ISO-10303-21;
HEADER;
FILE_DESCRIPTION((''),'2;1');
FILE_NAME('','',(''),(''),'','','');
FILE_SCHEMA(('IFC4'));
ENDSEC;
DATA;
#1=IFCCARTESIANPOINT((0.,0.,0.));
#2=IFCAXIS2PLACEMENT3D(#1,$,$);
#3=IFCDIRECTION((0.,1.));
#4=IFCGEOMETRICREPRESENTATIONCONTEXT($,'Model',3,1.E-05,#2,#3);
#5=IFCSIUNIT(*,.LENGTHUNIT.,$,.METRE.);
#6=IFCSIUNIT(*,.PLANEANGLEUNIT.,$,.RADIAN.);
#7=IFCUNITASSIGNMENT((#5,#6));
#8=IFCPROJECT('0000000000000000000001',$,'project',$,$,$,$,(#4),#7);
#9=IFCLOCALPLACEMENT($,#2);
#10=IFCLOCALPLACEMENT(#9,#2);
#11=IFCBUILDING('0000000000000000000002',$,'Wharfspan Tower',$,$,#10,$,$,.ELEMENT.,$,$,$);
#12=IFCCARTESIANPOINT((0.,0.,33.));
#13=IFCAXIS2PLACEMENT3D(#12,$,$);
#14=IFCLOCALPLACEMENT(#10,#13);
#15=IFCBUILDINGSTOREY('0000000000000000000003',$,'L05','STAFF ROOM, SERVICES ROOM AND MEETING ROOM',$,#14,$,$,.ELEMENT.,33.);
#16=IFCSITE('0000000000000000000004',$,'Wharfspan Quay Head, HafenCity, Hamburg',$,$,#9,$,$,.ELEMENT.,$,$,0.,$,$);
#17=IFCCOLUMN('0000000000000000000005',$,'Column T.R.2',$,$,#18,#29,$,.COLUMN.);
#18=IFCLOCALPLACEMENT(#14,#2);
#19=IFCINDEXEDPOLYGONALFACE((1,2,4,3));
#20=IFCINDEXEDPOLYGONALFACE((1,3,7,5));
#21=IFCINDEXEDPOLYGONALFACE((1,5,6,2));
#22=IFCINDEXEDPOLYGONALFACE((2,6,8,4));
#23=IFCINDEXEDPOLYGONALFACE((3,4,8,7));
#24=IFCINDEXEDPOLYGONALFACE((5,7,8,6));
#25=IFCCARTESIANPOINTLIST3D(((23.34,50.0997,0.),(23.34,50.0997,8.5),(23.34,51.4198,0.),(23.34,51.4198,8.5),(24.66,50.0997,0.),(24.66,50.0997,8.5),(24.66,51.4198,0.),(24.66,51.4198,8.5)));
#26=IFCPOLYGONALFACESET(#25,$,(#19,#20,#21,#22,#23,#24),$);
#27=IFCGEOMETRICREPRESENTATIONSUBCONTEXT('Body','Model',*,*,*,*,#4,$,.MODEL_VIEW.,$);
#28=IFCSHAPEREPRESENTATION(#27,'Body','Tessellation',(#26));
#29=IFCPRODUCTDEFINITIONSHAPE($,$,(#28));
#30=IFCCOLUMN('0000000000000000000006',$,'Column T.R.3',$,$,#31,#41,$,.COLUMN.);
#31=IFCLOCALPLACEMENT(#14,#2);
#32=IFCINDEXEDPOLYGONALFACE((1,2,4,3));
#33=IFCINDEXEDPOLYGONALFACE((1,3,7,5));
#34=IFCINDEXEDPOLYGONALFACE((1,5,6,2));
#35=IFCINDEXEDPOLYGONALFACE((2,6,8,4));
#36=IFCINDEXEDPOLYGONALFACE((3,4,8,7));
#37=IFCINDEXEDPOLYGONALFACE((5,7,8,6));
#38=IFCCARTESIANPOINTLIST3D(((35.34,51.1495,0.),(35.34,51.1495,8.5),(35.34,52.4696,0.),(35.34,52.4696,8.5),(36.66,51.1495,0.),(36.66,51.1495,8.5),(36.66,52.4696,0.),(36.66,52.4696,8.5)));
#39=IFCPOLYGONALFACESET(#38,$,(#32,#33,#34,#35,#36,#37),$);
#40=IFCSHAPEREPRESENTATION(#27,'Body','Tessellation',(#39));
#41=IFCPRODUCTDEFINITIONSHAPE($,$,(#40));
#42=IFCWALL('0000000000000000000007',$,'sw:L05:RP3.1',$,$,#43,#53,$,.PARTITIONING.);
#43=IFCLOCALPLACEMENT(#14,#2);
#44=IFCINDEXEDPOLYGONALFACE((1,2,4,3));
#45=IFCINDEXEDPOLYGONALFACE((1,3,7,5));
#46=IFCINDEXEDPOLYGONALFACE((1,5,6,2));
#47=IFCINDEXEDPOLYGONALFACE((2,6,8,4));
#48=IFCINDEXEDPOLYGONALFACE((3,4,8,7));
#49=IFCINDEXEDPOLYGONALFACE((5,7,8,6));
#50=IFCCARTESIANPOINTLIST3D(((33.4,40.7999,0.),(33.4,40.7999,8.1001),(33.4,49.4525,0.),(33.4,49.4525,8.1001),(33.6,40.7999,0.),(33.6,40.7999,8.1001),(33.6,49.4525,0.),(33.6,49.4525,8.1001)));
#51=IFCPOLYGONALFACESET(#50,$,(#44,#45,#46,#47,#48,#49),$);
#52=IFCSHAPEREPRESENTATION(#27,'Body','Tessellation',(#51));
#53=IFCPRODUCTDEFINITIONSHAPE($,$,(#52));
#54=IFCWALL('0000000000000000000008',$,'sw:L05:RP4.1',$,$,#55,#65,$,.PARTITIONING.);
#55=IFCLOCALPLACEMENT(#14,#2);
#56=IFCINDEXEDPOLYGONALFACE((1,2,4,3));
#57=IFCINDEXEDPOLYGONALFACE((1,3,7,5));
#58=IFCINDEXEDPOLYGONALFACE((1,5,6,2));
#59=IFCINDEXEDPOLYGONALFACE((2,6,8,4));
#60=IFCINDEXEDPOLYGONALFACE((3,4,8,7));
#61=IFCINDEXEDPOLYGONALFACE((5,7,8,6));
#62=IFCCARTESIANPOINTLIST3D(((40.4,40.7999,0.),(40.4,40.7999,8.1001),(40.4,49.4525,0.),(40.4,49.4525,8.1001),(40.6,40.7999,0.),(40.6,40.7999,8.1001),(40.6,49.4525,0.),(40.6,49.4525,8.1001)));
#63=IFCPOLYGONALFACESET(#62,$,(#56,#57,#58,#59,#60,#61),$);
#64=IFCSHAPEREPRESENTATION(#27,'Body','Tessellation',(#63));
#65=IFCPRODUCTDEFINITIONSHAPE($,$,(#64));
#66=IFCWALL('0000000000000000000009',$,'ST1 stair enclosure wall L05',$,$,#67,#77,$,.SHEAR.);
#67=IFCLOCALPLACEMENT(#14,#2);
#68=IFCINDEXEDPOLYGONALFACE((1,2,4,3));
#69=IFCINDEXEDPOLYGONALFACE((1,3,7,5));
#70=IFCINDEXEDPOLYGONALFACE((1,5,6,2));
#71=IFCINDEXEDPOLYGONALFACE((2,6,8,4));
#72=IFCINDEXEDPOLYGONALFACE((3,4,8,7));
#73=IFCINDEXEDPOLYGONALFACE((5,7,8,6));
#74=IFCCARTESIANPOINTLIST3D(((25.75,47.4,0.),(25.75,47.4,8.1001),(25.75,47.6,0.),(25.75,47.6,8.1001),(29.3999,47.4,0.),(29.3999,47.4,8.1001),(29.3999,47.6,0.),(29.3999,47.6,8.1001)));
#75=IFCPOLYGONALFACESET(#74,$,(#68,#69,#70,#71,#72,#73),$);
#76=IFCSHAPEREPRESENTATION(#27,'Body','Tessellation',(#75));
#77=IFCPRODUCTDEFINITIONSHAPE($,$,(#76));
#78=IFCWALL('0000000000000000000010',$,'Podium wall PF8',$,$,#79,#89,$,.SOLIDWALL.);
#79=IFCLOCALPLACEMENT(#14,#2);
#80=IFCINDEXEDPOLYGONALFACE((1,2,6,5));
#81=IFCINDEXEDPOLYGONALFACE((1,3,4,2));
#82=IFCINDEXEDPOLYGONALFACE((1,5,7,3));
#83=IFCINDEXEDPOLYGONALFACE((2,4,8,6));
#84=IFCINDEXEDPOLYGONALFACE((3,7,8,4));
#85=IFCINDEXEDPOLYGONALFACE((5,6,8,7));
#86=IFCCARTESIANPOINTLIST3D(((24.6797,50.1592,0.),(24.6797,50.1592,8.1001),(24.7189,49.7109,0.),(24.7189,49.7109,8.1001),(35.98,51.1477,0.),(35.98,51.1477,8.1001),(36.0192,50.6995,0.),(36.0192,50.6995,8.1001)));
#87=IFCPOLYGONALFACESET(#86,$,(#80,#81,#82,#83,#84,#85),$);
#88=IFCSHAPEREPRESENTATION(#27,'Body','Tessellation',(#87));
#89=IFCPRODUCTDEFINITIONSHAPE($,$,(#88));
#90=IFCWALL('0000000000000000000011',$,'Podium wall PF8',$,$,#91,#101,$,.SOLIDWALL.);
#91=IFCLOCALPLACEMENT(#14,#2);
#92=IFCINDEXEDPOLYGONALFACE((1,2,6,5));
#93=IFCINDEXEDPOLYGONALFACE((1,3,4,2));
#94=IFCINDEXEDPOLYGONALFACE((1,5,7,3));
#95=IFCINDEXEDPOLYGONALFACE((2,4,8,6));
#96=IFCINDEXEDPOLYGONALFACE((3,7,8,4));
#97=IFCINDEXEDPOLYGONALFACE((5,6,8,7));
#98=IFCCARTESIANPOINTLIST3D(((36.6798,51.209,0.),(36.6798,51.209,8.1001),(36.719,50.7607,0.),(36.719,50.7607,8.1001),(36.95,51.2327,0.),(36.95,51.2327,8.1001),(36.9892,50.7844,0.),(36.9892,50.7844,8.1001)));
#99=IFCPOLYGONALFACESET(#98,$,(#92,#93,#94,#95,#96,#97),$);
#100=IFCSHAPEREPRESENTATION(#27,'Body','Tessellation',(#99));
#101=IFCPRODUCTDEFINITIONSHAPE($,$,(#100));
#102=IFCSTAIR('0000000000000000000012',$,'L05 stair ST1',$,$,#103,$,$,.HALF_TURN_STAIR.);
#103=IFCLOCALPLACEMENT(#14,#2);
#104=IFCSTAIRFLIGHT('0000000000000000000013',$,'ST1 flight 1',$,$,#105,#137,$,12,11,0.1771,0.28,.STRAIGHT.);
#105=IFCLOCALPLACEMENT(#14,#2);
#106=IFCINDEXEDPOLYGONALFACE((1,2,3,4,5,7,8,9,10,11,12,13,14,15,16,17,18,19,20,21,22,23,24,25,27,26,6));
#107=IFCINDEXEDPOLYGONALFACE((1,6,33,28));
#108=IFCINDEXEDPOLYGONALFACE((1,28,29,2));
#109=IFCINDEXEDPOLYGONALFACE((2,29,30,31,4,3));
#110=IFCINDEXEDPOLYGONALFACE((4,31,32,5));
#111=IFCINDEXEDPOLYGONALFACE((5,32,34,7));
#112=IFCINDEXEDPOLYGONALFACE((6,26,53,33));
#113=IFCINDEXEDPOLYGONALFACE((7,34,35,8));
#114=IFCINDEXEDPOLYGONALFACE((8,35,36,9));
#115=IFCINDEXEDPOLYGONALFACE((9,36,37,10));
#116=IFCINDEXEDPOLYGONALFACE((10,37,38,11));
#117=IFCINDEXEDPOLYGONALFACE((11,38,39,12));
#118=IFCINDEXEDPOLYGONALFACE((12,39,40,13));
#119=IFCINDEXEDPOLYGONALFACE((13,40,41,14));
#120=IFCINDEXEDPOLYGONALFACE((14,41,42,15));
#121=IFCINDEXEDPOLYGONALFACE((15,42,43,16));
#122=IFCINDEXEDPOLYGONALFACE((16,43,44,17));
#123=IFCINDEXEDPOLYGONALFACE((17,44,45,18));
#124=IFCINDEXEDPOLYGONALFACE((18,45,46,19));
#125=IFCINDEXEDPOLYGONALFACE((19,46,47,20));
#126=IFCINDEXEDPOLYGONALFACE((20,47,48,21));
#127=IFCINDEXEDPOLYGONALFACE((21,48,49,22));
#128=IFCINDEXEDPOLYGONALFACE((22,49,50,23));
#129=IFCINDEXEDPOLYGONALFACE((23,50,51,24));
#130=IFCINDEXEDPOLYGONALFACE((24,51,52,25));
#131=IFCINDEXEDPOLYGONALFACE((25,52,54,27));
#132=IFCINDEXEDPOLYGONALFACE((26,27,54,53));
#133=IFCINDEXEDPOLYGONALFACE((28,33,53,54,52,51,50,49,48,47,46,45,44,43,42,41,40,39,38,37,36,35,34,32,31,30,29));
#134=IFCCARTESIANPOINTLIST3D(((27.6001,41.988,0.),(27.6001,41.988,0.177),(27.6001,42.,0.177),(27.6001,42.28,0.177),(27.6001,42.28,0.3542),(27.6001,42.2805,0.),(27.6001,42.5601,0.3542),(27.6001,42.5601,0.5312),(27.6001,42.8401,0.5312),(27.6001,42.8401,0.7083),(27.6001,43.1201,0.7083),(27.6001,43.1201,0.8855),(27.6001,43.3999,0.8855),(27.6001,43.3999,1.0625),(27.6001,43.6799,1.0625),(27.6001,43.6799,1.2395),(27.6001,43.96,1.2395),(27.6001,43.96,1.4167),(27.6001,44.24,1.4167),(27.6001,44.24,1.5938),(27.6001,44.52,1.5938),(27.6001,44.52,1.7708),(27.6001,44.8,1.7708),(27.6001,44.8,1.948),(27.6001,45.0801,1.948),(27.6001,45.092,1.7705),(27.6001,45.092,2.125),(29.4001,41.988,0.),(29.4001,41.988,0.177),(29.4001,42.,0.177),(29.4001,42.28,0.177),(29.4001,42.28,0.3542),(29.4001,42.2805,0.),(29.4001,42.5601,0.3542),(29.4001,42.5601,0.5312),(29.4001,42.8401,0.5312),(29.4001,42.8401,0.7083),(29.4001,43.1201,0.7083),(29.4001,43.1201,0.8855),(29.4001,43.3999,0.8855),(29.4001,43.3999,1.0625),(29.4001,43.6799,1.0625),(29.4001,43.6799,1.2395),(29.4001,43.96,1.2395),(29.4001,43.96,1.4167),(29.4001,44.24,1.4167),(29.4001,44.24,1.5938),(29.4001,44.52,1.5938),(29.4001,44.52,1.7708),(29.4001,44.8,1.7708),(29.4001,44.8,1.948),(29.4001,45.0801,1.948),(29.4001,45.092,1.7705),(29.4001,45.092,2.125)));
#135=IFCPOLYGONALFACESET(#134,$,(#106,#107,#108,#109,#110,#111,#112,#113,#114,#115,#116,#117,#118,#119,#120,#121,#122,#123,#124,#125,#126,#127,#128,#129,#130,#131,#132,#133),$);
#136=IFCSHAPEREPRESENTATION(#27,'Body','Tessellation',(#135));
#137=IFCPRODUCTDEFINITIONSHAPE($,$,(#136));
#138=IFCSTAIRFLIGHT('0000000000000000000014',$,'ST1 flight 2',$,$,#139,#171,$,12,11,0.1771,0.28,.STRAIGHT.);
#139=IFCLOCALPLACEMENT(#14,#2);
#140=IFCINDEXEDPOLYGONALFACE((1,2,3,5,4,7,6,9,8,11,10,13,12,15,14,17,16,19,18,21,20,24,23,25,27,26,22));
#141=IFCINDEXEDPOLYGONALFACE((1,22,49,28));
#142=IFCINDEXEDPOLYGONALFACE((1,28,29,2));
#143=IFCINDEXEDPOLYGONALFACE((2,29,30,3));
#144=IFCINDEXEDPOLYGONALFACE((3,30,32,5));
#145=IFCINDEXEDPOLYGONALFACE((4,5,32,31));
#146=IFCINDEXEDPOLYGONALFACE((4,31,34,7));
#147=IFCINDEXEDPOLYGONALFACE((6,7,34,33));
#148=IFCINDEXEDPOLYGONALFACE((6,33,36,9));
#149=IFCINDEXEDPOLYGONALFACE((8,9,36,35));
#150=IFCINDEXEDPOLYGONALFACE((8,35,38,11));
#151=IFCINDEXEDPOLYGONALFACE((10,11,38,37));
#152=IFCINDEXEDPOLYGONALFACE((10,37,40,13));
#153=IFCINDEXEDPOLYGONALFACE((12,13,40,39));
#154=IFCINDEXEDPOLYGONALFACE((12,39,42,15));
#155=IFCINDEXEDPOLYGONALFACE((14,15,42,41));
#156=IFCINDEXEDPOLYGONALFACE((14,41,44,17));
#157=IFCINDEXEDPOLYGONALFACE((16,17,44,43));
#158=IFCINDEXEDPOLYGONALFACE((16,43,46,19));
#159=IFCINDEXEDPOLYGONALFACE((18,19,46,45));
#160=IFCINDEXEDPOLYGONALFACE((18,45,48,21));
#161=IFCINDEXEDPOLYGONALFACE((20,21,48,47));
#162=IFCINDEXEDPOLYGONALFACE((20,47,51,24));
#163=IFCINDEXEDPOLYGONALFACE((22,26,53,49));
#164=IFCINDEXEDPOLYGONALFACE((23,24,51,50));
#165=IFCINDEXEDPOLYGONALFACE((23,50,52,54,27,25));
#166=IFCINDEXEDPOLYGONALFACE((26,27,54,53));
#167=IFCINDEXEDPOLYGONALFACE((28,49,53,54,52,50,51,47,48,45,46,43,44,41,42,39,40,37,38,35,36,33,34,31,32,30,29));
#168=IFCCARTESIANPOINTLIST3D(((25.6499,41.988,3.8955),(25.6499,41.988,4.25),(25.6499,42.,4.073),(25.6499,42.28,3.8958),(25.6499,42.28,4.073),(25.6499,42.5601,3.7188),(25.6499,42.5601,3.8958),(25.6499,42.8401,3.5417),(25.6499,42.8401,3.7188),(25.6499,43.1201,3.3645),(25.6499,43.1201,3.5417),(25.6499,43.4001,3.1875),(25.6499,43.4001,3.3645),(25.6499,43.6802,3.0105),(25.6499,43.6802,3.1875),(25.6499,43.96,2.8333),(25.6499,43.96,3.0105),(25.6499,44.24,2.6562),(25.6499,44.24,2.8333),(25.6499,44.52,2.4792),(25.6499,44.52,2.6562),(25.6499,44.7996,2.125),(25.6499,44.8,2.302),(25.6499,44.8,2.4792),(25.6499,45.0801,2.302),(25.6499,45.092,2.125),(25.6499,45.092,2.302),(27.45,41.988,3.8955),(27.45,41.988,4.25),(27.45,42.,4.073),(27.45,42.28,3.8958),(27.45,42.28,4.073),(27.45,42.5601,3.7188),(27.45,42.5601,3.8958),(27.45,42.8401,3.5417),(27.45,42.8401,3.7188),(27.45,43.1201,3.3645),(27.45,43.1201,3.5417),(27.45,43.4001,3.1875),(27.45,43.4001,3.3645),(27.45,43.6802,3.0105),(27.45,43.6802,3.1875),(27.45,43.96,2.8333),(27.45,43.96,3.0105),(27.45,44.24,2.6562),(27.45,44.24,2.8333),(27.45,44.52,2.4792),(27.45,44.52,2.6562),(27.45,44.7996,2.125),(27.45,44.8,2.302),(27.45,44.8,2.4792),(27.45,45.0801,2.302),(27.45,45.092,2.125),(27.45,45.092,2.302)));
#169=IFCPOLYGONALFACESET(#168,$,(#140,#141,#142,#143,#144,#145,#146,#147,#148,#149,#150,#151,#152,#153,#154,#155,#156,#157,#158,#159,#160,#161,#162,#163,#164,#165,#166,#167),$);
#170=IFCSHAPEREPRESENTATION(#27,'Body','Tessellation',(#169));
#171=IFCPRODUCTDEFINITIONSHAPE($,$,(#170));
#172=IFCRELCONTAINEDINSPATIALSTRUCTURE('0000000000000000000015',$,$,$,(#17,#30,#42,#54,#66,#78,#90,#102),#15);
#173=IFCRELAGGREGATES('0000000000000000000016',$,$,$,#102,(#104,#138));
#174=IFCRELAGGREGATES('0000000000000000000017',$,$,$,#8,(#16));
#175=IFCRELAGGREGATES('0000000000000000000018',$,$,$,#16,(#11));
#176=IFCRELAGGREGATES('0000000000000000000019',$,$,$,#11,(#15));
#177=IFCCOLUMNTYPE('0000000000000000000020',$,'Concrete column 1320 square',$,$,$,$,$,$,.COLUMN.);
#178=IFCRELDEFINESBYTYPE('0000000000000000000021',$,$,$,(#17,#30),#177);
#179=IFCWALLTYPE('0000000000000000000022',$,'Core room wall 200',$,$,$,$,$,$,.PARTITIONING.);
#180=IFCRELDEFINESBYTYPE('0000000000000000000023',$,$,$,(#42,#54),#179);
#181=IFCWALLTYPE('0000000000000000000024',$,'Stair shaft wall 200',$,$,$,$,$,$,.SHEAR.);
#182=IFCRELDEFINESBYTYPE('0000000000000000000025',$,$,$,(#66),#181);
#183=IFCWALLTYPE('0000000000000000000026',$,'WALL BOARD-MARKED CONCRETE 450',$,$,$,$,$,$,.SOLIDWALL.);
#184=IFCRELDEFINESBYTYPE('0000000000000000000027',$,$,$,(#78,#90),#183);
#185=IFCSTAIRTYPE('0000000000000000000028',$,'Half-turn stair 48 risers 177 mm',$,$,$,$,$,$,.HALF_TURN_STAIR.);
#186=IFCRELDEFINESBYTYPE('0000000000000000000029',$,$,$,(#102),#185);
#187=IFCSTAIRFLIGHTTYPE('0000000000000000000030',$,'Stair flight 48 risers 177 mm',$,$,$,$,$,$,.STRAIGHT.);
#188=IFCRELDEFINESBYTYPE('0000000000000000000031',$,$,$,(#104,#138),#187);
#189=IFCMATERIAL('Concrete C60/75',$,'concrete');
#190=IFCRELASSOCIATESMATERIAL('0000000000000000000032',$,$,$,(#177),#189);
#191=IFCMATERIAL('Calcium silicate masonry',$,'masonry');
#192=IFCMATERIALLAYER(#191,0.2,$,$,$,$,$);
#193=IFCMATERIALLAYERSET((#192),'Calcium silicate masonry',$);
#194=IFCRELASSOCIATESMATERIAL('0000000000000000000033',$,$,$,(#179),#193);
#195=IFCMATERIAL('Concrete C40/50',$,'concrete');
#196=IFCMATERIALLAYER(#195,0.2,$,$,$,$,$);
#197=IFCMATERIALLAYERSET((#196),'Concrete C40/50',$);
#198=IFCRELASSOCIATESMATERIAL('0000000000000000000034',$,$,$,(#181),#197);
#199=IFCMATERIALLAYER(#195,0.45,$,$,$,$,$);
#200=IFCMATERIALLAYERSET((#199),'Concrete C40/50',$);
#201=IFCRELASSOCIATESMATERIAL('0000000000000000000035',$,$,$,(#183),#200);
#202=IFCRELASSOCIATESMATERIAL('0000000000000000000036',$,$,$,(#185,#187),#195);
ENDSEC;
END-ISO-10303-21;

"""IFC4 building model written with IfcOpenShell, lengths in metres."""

from ifc_helpers import new_model, si_unit, direction, frame, frame_2d, origin, origin_2d, place, context, subcontext, project, spatial, polyline, rectangle, outline, extrude, material, layer, layer_set, material_profile, profile_set, type_object, element, aggregate, save


model = new_model("IFC4")

# Units and contexts
model_context = context("Model", 3, precision=1e-05, world=origin(), true_north=direction((0.0, 1.0)))
body_context = subcontext(model_context, "Body", "Model", "MODEL_VIEW")
ifc_project = project(units=[si_unit("LENGTHUNIT", "METRE"), si_unit("PLANEANGLEUNIT", "RADIAN")], contexts=[model_context])

# Site, building, storey
site_placement = place(None, origin())
site = spatial("IfcSite", under=ifc_project, at=site_placement, Name="Wharfspan Quay Head, HafenCity, Hamburg", CompositionType="ELEMENT", RefElevation=0.0)
building_placement = place(site_placement, origin())
building = spatial("IfcBuilding", under=site, at=building_placement, Name="Wharfspan Tower", CompositionType="ELEMENT")
storey_placement = place(building_placement, frame((0.0, 0.0, 33.0)))
storey = spatial("IfcBuildingStorey", under=building, at=storey_placement, Name="L05", Description="STAFF ROOM, SERVICES ROOM AND MEETING ROOM", CompositionType="ELEMENT", Elevation=33.0)

# Columns
ifc_material_1 = material(Name="Concrete C60/75", Category="concrete")
ifc_material_profile = material_profile(ifc_material_1, rectangle(XDim=1.3201, YDim=1.3201, at=origin_2d()))
ifc_profile_set = profile_set([ifc_material_profile], Name="Concrete C60/75")
column_type = type_object("IfcColumnType", Name="Concrete column 1320 square", PredefinedType="COLUMN", material=ifc_profile_set)
for number, where, z_axis, x_axis, name in (
    (1, (24.0, 50.7598, 0.0), (0.0, 0.0, 1.0), (1.0, 0.0, 0.0), "Column T.R.2"),
    (2, (36.0, 51.8096, 0.0), (0.0, 0.0, 1.0), (1.0, 0.0, 0.0), "Column T.R.3"),
):
    element("IfcColumn", number, at=place(storey_placement, frame(where, z_axis=z_axis, x_axis=x_axis)), inside=storey, type_object=column_type, Name=name, PredefinedType="COLUMN", context=body_context, shape_type="SweptSolid", body=[
        extrude(rectangle(XDim=1.3201, YDim=1.3201, at=origin_2d()), origin(), (0.0, 0.0, 1.0), 8.5),
    ])

# Walls
ifc_material_2 = material(Name="Calcium silicate masonry", Category="masonry")
ifc_layer_1 = layer(ifc_material_2, 0.2)
ifc_layer_set_1 = layer_set([ifc_layer_1], Name="Calcium silicate masonry")
wall_type_1 = type_object("IfcWallType", Name="Core room wall 200", PredefinedType="PARTITIONING", material=ifc_layer_set_1)
for number, where, z_axis, x_axis, name in (
    (3, (33.5, 40.8, 0.0), (0.0, 0.0, 1.0), (0.0, 1.0, 0.0), "sw:L05:RP3.1"),
    (4, (40.5, 40.8, 0.0), (0.0, 0.0, 1.0), (0.0, 1.0, 0.0), "sw:L05:RP4.1"),
):
    element("IfcWall", number, at=place(storey_placement, frame(where, z_axis=z_axis, x_axis=x_axis)), inside=storey, type_object=wall_type_1, Name=name, PredefinedType="PARTITIONING", context=body_context, shape_type="SweptSolid", body=[
        extrude(rectangle(XDim=8.6526, YDim=0.2, at=frame_2d((4.3262, 0.0))), origin(), (0.0, 0.0, 1.0), 8.1001),
    ])
ifc_material_3 = material(Name="Concrete C40/50", Category="concrete")
ifc_layer_2 = layer(ifc_material_3, 0.2)
ifc_layer_set_2 = layer_set([ifc_layer_2], Name="Concrete C40/50")
wall_type_2 = type_object("IfcWallType", Name="Stair shaft wall 200", PredefinedType="SHEAR", material=ifc_layer_set_2)
wall_1_placement = place(storey_placement, frame((25.75, 47.5, 0.0), z_axis=(0.0, 0.0, 1.0), x_axis=(1.0, 0.0, 0.0)))
element("IfcWall", 5, at=wall_1_placement, inside=storey, type_object=wall_type_2, Name="ST1 stair enclosure wall L05", PredefinedType="SHEAR", context=body_context, shape_type="SweptSolid", body=[
    extrude(rectangle(XDim=3.6499, YDim=0.2, at=frame_2d((1.825, 0.0))), origin(), (0.0, 0.0, 1.0), 8.1001),
])
ifc_layer_3 = layer(ifc_material_3, 0.45)
ifc_layer_set_3 = layer_set([ifc_layer_3], Name="Concrete C40/50")
wall_type_3 = type_object("IfcWallType", Name="WALL BOARD-MARKED CONCRETE 450", PredefinedType="SOLIDWALL", material=ifc_layer_set_3)
wall_2_placement = place(storey_placement, frame((35.9998, 50.9236, 0.0), z_axis=(0.0, 0.0, 1.0), x_axis=(-0.996195, -0.087145, 0.0)))
element("IfcWall", 6, at=wall_2_placement, inside=storey, type_object=wall_type_3, Name="Podium wall PF8", PredefinedType="SOLIDWALL", context=body_context, shape_type="SweptSolid", body=[
    extrude(rectangle(XDim=11.3435, YDim=0.45, at=frame_2d((5.6719, 0.0))), origin(), (0.0, 0.0, 1.0), 8.1001),
])
wall_3_placement = place(storey_placement, frame((36.9697, 51.0085, 0.0), z_axis=(0.0, 0.0, 1.0), x_axis=(-0.996186, -0.08729, 0.0)))
element("IfcWall", 7, at=wall_3_placement, inside=storey, type_object=wall_type_3, Name="Podium wall PF8", PredefinedType="SOLIDWALL", context=body_context, shape_type="SweptSolid", body=[
    extrude(rectangle(XDim=0.2712, YDim=0.45, at=frame_2d((0.1357, 0.0))), origin(), (0.0, 0.0, 1.0), 8.1001),
])

# Stair, stair flights
stair_type = type_object("IfcStairType", Name="Half-turn stair 48 risers 177 mm", PredefinedType="HALF_TURN_STAIR", material=ifc_material_3)
stair_placement = place(storey_placement, origin())
stair = element("IfcStair", 8, at=stair_placement, inside=storey, type_object=stair_type, Name="L05 stair ST1", PredefinedType="HALF_TURN_STAIR")
stair_flight_type = type_object("IfcStairFlightType", Name="Stair flight 48 risers 177 mm", PredefinedType="STRAIGHT", material=ifc_material_3)
stair_flight_1_placement = place(storey_placement, frame((28.5, 42.0, 0.0), z_axis=(0.0, 0.0, 1.0), x_axis=(0.0, 1.0, 0.0)))
stair_flight_1 = element("IfcStairFlight", 9, at=stair_flight_1_placement, type_object=stair_flight_type, Name="ST1 flight 1", NumberOfRisers=12, NumberOfTreads=11, PredefinedType="STRAIGHT", RiserHeight=0.1771, TreadLength=0.28, context=body_context, shape_type="SweptSolid", body=[
    extrude(outline(polyline([(-0.012, 0.0), (-0.012, 0.177), (0.0, 0.177), (0.28, 0.177), (0.28, 0.3542), (0.5601, 0.3542), (0.5601, 0.5312), (0.8401, 0.5312), (0.8401, 0.7083), (1.1201, 0.7083), (1.1201, 0.8855), (1.3999, 0.8855), (1.3999, 1.0625), (1.6799, 1.0625), (1.6799, 1.2395), (1.96, 1.2395), (1.96, 1.4167), (2.24, 1.4167), (2.24, 1.5938), (2.52, 1.5938), (2.52, 1.7708), (2.8, 1.7708), (2.8, 1.948), (3.0801, 1.948), (3.092, 2.125), (3.092, 1.7705), (0.2805, 0.0), (-0.012, 0.0)])), frame((0.0, 0.8999, 0.0), z_axis=(0.0, -1.0, 0.0), x_axis=(1.0, 0.0, 0.0)), (0.0, 0.0, 1.0), 1.8),
])
stair_flight_2_placement = place(storey_placement, frame((26.55, 45.0801, 2.125), z_axis=(0.0, 0.0, 1.0), x_axis=(0.0, -1.0, 0.0)))
stair_flight_2 = element("IfcStairFlight", 10, at=stair_flight_2_placement, type_object=stair_flight_type, Name="ST1 flight 2", NumberOfRisers=12, NumberOfTreads=11, PredefinedType="STRAIGHT", RiserHeight=0.1771, TreadLength=0.28, context=body_context, shape_type="SweptSolid", body=[
    extrude(outline(polyline([(-0.012, 0.0), (-0.012, 0.177), (0.0, 0.177), (0.28, 0.177), (0.28, 0.3542), (0.5601, 0.3542), (0.5601, 0.5312), (0.8401, 0.5312), (0.8401, 0.7083), (1.1201, 0.7083), (1.1201, 0.8855), (1.3999, 0.8855), (1.3999, 1.0625), (1.6799, 1.0625), (1.6799, 1.2395), (1.96, 1.2395), (1.96, 1.4167), (2.24, 1.4167), (2.24, 1.5938), (2.52, 1.5938), (2.52, 1.7708), (2.8, 1.7708), (2.8, 1.948), (3.0801, 1.948), (3.092, 2.125), (3.092, 1.7705), (0.2805, 0.0), (-0.012, 0.0)])), frame((0.0, 0.8999, 0.0), z_axis=(0.0, -1.0, 0.0), x_axis=(1.0, 0.0, 0.0)), (0.0, 0.0, 1.0), 1.8),
])
aggregate(stair, [stair_flight_1, stair_flight_2])

save(model, "model.ifc")
